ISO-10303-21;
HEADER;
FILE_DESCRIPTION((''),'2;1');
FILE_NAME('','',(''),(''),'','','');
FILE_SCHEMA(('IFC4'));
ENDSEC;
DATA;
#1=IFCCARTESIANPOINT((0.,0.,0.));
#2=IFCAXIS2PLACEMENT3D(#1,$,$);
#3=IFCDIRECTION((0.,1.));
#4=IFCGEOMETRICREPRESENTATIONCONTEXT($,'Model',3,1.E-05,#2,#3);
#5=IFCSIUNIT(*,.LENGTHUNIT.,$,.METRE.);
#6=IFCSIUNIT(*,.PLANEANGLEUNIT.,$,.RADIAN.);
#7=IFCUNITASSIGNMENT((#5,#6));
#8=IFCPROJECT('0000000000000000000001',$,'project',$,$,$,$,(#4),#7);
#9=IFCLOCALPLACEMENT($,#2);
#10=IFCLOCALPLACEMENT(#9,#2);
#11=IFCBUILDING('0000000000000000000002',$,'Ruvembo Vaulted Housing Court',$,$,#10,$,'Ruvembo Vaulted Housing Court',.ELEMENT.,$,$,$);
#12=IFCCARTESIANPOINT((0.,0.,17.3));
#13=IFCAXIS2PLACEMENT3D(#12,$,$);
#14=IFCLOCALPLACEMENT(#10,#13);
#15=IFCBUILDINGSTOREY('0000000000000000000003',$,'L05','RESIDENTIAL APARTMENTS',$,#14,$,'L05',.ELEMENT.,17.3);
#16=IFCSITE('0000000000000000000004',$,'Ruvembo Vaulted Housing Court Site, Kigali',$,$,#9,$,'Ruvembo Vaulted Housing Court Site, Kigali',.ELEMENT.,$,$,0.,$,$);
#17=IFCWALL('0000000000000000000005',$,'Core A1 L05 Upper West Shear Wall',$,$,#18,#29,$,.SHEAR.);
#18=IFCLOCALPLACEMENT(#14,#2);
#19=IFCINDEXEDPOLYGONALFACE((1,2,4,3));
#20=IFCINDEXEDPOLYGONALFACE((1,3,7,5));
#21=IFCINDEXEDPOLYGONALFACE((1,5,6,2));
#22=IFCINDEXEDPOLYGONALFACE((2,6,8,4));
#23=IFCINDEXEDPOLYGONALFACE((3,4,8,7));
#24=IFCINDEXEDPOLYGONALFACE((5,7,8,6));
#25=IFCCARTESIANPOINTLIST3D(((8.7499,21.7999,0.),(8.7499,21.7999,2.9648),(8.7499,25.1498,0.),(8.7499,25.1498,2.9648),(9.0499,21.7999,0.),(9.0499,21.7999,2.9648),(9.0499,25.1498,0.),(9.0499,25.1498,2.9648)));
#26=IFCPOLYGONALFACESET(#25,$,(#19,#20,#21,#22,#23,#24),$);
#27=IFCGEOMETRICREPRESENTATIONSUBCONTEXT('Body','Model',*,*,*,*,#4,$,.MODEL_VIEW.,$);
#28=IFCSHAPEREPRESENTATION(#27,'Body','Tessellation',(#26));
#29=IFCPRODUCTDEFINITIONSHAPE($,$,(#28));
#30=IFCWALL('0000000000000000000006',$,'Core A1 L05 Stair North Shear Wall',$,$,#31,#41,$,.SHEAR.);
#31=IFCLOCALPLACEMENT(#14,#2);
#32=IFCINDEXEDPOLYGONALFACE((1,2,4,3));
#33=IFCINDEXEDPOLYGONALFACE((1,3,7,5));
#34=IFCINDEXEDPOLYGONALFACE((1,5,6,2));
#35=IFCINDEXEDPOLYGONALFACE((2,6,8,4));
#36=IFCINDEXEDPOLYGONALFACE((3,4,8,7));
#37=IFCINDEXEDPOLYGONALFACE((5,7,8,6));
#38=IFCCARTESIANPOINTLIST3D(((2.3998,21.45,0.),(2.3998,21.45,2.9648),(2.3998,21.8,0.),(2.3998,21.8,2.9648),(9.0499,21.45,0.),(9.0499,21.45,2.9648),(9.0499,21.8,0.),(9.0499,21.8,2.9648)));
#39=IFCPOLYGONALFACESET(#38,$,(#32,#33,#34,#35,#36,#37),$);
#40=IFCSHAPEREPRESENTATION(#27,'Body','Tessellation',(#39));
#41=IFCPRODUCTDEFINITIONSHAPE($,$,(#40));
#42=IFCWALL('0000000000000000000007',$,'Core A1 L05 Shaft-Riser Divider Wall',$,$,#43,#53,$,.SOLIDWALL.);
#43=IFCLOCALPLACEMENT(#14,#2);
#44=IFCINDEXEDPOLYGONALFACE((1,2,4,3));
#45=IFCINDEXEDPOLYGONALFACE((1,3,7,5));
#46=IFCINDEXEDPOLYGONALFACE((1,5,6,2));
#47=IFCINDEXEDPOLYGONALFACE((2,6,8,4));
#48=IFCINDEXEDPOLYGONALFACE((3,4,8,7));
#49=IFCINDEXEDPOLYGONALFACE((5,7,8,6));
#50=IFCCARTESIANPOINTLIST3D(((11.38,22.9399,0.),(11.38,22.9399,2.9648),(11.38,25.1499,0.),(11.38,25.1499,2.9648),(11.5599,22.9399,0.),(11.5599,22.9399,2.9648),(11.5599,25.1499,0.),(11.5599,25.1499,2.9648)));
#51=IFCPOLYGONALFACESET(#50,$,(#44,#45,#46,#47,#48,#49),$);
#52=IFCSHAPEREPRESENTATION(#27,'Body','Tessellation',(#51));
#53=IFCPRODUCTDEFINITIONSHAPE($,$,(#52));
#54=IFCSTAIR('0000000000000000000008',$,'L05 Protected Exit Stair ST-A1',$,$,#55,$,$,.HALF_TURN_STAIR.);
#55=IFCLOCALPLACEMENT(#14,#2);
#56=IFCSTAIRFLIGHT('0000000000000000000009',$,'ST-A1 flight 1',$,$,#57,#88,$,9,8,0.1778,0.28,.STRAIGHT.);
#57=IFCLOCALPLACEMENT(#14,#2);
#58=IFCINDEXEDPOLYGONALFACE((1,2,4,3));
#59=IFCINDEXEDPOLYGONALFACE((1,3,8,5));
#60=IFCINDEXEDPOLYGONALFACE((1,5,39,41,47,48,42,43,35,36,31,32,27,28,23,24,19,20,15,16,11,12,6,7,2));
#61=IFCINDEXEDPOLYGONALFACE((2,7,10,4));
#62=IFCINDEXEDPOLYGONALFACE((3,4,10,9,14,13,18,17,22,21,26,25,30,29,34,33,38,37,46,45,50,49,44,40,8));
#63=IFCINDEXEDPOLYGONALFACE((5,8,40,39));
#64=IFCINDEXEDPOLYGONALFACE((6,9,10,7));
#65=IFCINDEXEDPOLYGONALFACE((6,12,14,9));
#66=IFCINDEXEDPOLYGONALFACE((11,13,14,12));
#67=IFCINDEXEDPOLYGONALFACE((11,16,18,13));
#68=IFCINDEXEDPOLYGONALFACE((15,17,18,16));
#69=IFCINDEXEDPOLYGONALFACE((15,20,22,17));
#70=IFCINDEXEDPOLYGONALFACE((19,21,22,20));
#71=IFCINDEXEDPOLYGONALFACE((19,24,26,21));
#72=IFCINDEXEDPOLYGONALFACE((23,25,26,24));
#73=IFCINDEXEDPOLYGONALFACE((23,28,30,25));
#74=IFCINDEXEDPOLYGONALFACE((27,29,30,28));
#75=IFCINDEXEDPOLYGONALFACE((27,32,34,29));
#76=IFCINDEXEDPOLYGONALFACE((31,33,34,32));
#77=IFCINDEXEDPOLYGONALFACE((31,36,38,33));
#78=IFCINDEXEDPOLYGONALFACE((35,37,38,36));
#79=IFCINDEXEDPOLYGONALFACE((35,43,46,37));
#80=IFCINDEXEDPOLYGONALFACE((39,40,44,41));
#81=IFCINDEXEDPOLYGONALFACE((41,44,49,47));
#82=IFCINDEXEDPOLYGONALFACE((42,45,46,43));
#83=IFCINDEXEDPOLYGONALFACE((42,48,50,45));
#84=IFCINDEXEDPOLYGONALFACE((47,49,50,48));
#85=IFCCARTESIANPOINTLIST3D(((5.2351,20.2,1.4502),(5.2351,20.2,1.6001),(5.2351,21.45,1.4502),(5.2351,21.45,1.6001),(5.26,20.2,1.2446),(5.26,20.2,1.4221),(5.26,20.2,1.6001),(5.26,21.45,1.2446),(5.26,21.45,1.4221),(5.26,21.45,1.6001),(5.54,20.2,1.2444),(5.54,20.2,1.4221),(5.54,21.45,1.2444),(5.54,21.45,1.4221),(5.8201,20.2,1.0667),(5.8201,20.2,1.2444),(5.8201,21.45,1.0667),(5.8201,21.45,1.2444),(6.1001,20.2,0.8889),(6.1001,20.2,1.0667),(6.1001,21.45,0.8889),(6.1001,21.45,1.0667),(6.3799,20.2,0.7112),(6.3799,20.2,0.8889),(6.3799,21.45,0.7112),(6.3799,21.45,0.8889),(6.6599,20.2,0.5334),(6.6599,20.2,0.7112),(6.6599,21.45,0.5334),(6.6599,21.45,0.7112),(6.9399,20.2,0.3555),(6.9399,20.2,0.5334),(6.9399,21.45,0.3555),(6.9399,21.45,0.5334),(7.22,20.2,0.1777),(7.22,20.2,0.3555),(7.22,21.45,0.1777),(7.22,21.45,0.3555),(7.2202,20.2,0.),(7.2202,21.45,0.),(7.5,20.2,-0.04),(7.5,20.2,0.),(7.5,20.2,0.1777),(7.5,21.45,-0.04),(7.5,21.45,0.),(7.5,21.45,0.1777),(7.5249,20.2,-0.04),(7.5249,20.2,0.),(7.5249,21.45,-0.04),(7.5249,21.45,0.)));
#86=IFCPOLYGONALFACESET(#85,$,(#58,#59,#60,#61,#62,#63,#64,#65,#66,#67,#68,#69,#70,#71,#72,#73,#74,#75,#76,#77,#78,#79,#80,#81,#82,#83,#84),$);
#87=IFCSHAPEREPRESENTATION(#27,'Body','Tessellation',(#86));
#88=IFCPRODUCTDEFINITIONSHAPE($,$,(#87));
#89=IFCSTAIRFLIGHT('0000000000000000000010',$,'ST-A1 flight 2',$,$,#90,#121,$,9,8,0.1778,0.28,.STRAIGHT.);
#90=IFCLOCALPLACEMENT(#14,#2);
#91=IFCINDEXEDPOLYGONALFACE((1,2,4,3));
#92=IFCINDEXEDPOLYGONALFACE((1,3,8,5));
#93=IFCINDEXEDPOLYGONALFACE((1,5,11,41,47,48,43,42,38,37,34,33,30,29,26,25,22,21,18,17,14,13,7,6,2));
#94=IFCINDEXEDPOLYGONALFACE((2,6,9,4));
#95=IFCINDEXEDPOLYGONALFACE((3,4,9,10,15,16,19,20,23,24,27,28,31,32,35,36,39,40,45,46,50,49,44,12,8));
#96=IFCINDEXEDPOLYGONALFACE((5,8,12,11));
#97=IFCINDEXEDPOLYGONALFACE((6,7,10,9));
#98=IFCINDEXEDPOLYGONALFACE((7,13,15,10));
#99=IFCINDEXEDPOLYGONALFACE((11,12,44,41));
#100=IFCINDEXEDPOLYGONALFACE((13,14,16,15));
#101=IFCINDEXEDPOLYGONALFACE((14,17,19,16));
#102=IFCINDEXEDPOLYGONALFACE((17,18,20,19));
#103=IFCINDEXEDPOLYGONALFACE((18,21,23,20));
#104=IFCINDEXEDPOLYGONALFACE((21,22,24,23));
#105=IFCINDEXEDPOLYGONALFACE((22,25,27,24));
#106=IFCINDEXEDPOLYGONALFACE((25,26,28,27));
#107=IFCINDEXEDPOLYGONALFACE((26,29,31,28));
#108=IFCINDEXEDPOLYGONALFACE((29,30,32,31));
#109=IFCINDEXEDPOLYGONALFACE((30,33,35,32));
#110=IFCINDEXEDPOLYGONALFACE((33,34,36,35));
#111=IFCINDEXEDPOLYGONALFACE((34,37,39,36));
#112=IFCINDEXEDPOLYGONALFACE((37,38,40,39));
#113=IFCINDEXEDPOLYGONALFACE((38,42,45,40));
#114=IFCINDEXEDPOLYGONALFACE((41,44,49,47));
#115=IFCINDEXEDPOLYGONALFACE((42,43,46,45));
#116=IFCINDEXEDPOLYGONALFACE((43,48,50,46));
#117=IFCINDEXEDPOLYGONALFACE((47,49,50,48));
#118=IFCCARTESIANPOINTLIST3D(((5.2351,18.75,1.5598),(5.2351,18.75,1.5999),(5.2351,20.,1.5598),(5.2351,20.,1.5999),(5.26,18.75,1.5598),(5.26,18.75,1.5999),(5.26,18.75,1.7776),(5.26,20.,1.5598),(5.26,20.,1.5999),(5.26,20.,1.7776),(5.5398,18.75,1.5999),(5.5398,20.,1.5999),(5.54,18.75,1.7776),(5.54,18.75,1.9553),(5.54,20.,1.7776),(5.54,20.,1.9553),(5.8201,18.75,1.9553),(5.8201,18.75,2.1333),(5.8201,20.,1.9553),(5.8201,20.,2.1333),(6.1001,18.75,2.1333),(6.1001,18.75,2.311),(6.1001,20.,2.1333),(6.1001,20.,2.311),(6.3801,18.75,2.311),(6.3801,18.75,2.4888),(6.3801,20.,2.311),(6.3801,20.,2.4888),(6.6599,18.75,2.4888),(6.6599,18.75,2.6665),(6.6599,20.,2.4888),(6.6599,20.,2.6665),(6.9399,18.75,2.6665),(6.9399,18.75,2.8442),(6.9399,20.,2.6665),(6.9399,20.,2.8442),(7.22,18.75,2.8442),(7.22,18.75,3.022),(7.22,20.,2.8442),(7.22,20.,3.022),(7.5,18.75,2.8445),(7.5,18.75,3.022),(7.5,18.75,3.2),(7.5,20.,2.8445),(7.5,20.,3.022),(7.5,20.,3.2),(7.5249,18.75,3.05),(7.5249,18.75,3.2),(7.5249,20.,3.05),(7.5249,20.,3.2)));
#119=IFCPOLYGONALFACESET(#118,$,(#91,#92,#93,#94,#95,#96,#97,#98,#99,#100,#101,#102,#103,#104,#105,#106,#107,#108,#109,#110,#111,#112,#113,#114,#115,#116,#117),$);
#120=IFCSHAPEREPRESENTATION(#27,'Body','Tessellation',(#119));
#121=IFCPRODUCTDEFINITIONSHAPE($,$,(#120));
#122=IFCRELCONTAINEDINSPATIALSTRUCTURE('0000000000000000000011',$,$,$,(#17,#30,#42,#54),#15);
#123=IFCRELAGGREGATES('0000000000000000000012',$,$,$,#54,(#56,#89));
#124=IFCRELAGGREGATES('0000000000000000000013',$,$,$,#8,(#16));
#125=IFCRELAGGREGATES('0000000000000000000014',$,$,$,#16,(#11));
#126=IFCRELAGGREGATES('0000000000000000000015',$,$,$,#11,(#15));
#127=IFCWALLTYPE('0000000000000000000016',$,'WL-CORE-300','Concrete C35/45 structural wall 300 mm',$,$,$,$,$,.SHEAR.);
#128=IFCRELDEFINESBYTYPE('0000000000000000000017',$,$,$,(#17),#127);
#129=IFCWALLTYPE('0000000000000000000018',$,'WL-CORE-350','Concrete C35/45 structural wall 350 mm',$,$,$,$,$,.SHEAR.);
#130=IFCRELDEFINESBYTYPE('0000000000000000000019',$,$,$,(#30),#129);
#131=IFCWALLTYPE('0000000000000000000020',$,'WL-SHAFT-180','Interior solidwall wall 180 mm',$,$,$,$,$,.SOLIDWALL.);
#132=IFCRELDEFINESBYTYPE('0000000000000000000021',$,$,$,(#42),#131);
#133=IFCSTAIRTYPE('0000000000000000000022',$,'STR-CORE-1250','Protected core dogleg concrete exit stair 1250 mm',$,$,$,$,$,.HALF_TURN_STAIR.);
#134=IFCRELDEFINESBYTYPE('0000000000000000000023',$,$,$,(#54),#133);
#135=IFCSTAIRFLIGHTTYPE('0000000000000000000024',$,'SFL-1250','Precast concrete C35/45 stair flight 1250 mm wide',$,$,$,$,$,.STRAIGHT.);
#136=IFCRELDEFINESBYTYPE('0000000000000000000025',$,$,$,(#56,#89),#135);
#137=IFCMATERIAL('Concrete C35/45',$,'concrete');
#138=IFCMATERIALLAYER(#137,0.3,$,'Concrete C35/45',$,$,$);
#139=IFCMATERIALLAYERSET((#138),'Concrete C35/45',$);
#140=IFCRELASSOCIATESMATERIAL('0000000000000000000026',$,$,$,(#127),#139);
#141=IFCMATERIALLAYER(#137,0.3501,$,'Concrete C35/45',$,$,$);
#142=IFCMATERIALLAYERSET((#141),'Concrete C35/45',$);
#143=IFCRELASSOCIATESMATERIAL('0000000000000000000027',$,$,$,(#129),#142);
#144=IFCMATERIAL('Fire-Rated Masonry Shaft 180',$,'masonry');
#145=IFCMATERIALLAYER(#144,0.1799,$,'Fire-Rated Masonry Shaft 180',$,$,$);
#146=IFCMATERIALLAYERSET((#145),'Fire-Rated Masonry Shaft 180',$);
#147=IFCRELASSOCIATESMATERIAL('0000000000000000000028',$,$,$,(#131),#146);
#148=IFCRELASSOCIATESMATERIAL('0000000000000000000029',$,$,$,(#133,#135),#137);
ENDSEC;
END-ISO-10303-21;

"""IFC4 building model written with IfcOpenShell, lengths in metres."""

from ifc_helpers import new_model, si_unit, direction, frame, frame_2d, origin, place, context, subcontext, project, spatial, polyline, rectangle, outline, extrude, material, layer, layer_set, type_object, element, aggregate, save


model = new_model("IFC4")

# Units and contexts
model_context = context("Model", 3, precision=1e-05, world=origin(), true_north=direction((0.0, 1.0)))
body_context = subcontext(model_context, "Body", "Model", "MODEL_VIEW")
ifc_project = project(units=[si_unit("LENGTHUNIT", "METRE"), si_unit("PLANEANGLEUNIT", "RADIAN")], contexts=[model_context])

# Site, building, storey
site_placement = place(None, origin())
site = spatial("IfcSite", under=ifc_project, at=site_placement, Name="Ruvembo Vaulted Housing Court Site, Kigali", LongName="Ruvembo Vaulted Housing Court Site, Kigali", CompositionType="ELEMENT", RefElevation=0.0)
building_placement = place(site_placement, origin())
building = spatial("IfcBuilding", under=site, at=building_placement, Name="Ruvembo Vaulted Housing Court", LongName="Ruvembo Vaulted Housing Court", CompositionType="ELEMENT")
storey_placement = place(building_placement, frame((0.0, 0.0, 17.3)))
storey = spatial("IfcBuildingStorey", under=building, at=storey_placement, Name="L05", Description="RESIDENTIAL APARTMENTS", LongName="L05", CompositionType="ELEMENT", Elevation=17.3)

# Shared definitions
ifc_material_1 = material(Name="Concrete C35/45", Category="concrete")

# Shared definitions
ifc_layer_1 = layer(ifc_material_1, 0.3, Name="Concrete C35/45")
ifc_layer_set_1 = layer_set([ifc_layer_1], Name="Concrete C35/45")
wall_type_1 = type_object("IfcWallType", Name="WL-CORE-300", Description="Concrete C35/45 structural wall 300 mm", PredefinedType="SHEAR", material=ifc_layer_set_1)

# Walls
wall_1_placement = place(storey_placement, frame((8.8999, 21.8, 0.0), z_axis=(0.0, 0.0, 1.0), x_axis=(0.0, 1.0, 0.0)))
element("IfcWall", 1, at=wall_1_placement, inside=storey, type_object=wall_type_1, Name="Core A1 L05 Upper West Shear Wall", PredefinedType="SHEAR", context=body_context, shape_type="SweptSolid", body=[
    extrude(rectangle(XDim=3.3499, YDim=0.3, at=frame_2d((1.6748, 0.0))), origin(), (0.0, 0.0, 1.0), 2.9648),
])
ifc_layer_2 = layer(ifc_material_1, 0.3501, Name="Concrete C35/45")
ifc_layer_set_2 = layer_set([ifc_layer_2], Name="Concrete C35/45")
wall_type_2 = type_object("IfcWallType", Name="WL-CORE-350", Description="Concrete C35/45 structural wall 350 mm", PredefinedType="SHEAR", material=ifc_layer_set_2)
wall_2_placement = place(storey_placement, frame((9.05, 21.625, 0.0), z_axis=(0.0, 0.0, 1.0), x_axis=(-1.0, 0.0, 0.0)))
element("IfcWall", 2, at=wall_2_placement, inside=storey, type_object=wall_type_2, Name="Core A1 L05 Stair North Shear Wall", PredefinedType="SHEAR", context=body_context, shape_type="SweptSolid", body=[
    extrude(rectangle(XDim=6.6501, YDim=0.3501, at=frame_2d((3.3252, 0.0))), origin(), (0.0, 0.0, 1.0), 2.9648),
])

# Shared definitions
ifc_material_2 = material(Name="Fire-Rated Masonry Shaft 180", Category="masonry")
ifc_layer_3 = layer(ifc_material_2, 0.1799, Name="Fire-Rated Masonry Shaft 180")
ifc_layer_set_3 = layer_set([ifc_layer_3], Name="Fire-Rated Masonry Shaft 180")
wall_type_3 = type_object("IfcWallType", Name="WL-SHAFT-180", Description="Interior solidwall wall 180 mm", PredefinedType="SOLIDWALL", material=ifc_layer_set_3)

# Wall
wall_3_placement = place(storey_placement, frame((11.47, 22.9399, 0.0), z_axis=(0.0, 0.0, 1.0), x_axis=(0.0, 1.0, 0.0)))
element("IfcWall", 3, at=wall_3_placement, inside=storey, type_object=wall_type_3, Name="Core A1 L05 Shaft-Riser Divider Wall", PredefinedType="SOLIDWALL", context=body_context, shape_type="SweptSolid", body=[
    extrude(rectangle(XDim=2.21, YDim=0.1799, at=frame_2d((1.105, 0.0))), origin(), (0.0, 0.0, 1.0), 2.9648),
])

# Stair, stair flights
stair_type = type_object("IfcStairType", Name="STR-CORE-1250", Description="Protected core dogleg concrete exit stair 1250 mm", PredefinedType="HALF_TURN_STAIR", material=ifc_material_1)
stair_placement = place(storey_placement, origin())
stair = element("IfcStair", 4, at=stair_placement, inside=storey, type_object=stair_type, Name="L05 Protected Exit Stair ST-A1", PredefinedType="HALF_TURN_STAIR")
stair_flight_type = type_object("IfcStairFlightType", Name="SFL-1250", Description="Precast concrete C35/45 stair flight 1250 mm wide", PredefinedType="STRAIGHT", material=ifc_material_1)
stair_flight_1_placement = place(storey_placement, frame((7.5, 20.825, 0.0), z_axis=(0.0, 0.0, 1.0), x_axis=(-1.0, 0.0, 0.0)))
stair_flight_1 = element("IfcStairFlight", 5, at=stair_flight_1_placement, type_object=stair_flight_type, Name="ST-A1 flight 1", NumberOfRisers=9, NumberOfTreads=8, PredefinedType="STRAIGHT", RiserHeight=0.1778, TreadLength=0.28, context=body_context, shape_type="SweptSolid", body=[
    extrude(outline(polyline([(-0.0249, -0.04), (-0.0249, 0.0), (0.0, 0.0), (0.0, 0.1777), (0.28, 0.1777), (0.28, 0.3555), (0.5601, 0.3555), (0.5601, 0.5334), (0.8401, 0.5334), (0.8401, 0.7112), (1.1201, 0.7112), (1.1201, 0.8889), (1.3999, 0.8889), (1.3999, 1.0667), (1.6799, 1.0667), (1.6799, 1.2444), (1.96, 1.2444), (1.96, 1.4221), (2.24, 1.4221), (2.24, 1.6001), (2.2649, 1.6001), (2.2649, 1.4502), (2.24, 1.2446), (0.2798, 0.0), (0.0, -0.04), (-0.0249, -0.04)])), frame((0.0, 0.625, 0.0), z_axis=(0.0, -1.0, 0.0), x_axis=(1.0, 0.0, 0.0)), (0.0, 0.0, 1.0), 1.25),
])
stair_flight_2_placement = place(storey_placement, frame((5.26, 19.375, 1.5999), z_axis=(0.0, 0.0, 1.0), x_axis=(1.0, 0.0, 0.0)))
stair_flight_2 = element("IfcStairFlight", 6, at=stair_flight_2_placement, type_object=stair_flight_type, Name="ST-A1 flight 2", NumberOfRisers=9, NumberOfTreads=8, PredefinedType="STRAIGHT", RiserHeight=0.1778, TreadLength=0.28, context=body_context, shape_type="SweptSolid", body=[
    extrude(outline(polyline([(-0.0249, -0.04), (-0.0249, 0.0), (0.0, 0.0), (0.0, 0.1777), (0.28, 0.1777), (0.28, 0.3555), (0.5601, 0.3555), (0.5601, 0.5334), (0.8401, 0.5334), (0.8401, 0.7112), (1.1201, 0.7112), (1.1201, 0.8889), (1.3999, 0.8889), (1.3999, 1.0667), (1.6799, 1.0667), (1.6799, 1.2444), (1.96, 1.2444), (1.96, 1.4221), (2.24, 1.4221), (2.24, 1.6001), (2.2649, 1.6001), (2.2649, 1.4502), (2.24, 1.2446), (0.2798, 0.0), (0.0, -0.04), (-0.0249, -0.04)])), frame((0.0, 0.625, 0.0), z_axis=(0.0, -1.0, 0.0), x_axis=(1.0, 0.0, 0.0)), (0.0, 0.0, 1.0), 1.25),
])
aggregate(stair, [stair_flight_1, stair_flight_2])

save(model, "model.ifc")
